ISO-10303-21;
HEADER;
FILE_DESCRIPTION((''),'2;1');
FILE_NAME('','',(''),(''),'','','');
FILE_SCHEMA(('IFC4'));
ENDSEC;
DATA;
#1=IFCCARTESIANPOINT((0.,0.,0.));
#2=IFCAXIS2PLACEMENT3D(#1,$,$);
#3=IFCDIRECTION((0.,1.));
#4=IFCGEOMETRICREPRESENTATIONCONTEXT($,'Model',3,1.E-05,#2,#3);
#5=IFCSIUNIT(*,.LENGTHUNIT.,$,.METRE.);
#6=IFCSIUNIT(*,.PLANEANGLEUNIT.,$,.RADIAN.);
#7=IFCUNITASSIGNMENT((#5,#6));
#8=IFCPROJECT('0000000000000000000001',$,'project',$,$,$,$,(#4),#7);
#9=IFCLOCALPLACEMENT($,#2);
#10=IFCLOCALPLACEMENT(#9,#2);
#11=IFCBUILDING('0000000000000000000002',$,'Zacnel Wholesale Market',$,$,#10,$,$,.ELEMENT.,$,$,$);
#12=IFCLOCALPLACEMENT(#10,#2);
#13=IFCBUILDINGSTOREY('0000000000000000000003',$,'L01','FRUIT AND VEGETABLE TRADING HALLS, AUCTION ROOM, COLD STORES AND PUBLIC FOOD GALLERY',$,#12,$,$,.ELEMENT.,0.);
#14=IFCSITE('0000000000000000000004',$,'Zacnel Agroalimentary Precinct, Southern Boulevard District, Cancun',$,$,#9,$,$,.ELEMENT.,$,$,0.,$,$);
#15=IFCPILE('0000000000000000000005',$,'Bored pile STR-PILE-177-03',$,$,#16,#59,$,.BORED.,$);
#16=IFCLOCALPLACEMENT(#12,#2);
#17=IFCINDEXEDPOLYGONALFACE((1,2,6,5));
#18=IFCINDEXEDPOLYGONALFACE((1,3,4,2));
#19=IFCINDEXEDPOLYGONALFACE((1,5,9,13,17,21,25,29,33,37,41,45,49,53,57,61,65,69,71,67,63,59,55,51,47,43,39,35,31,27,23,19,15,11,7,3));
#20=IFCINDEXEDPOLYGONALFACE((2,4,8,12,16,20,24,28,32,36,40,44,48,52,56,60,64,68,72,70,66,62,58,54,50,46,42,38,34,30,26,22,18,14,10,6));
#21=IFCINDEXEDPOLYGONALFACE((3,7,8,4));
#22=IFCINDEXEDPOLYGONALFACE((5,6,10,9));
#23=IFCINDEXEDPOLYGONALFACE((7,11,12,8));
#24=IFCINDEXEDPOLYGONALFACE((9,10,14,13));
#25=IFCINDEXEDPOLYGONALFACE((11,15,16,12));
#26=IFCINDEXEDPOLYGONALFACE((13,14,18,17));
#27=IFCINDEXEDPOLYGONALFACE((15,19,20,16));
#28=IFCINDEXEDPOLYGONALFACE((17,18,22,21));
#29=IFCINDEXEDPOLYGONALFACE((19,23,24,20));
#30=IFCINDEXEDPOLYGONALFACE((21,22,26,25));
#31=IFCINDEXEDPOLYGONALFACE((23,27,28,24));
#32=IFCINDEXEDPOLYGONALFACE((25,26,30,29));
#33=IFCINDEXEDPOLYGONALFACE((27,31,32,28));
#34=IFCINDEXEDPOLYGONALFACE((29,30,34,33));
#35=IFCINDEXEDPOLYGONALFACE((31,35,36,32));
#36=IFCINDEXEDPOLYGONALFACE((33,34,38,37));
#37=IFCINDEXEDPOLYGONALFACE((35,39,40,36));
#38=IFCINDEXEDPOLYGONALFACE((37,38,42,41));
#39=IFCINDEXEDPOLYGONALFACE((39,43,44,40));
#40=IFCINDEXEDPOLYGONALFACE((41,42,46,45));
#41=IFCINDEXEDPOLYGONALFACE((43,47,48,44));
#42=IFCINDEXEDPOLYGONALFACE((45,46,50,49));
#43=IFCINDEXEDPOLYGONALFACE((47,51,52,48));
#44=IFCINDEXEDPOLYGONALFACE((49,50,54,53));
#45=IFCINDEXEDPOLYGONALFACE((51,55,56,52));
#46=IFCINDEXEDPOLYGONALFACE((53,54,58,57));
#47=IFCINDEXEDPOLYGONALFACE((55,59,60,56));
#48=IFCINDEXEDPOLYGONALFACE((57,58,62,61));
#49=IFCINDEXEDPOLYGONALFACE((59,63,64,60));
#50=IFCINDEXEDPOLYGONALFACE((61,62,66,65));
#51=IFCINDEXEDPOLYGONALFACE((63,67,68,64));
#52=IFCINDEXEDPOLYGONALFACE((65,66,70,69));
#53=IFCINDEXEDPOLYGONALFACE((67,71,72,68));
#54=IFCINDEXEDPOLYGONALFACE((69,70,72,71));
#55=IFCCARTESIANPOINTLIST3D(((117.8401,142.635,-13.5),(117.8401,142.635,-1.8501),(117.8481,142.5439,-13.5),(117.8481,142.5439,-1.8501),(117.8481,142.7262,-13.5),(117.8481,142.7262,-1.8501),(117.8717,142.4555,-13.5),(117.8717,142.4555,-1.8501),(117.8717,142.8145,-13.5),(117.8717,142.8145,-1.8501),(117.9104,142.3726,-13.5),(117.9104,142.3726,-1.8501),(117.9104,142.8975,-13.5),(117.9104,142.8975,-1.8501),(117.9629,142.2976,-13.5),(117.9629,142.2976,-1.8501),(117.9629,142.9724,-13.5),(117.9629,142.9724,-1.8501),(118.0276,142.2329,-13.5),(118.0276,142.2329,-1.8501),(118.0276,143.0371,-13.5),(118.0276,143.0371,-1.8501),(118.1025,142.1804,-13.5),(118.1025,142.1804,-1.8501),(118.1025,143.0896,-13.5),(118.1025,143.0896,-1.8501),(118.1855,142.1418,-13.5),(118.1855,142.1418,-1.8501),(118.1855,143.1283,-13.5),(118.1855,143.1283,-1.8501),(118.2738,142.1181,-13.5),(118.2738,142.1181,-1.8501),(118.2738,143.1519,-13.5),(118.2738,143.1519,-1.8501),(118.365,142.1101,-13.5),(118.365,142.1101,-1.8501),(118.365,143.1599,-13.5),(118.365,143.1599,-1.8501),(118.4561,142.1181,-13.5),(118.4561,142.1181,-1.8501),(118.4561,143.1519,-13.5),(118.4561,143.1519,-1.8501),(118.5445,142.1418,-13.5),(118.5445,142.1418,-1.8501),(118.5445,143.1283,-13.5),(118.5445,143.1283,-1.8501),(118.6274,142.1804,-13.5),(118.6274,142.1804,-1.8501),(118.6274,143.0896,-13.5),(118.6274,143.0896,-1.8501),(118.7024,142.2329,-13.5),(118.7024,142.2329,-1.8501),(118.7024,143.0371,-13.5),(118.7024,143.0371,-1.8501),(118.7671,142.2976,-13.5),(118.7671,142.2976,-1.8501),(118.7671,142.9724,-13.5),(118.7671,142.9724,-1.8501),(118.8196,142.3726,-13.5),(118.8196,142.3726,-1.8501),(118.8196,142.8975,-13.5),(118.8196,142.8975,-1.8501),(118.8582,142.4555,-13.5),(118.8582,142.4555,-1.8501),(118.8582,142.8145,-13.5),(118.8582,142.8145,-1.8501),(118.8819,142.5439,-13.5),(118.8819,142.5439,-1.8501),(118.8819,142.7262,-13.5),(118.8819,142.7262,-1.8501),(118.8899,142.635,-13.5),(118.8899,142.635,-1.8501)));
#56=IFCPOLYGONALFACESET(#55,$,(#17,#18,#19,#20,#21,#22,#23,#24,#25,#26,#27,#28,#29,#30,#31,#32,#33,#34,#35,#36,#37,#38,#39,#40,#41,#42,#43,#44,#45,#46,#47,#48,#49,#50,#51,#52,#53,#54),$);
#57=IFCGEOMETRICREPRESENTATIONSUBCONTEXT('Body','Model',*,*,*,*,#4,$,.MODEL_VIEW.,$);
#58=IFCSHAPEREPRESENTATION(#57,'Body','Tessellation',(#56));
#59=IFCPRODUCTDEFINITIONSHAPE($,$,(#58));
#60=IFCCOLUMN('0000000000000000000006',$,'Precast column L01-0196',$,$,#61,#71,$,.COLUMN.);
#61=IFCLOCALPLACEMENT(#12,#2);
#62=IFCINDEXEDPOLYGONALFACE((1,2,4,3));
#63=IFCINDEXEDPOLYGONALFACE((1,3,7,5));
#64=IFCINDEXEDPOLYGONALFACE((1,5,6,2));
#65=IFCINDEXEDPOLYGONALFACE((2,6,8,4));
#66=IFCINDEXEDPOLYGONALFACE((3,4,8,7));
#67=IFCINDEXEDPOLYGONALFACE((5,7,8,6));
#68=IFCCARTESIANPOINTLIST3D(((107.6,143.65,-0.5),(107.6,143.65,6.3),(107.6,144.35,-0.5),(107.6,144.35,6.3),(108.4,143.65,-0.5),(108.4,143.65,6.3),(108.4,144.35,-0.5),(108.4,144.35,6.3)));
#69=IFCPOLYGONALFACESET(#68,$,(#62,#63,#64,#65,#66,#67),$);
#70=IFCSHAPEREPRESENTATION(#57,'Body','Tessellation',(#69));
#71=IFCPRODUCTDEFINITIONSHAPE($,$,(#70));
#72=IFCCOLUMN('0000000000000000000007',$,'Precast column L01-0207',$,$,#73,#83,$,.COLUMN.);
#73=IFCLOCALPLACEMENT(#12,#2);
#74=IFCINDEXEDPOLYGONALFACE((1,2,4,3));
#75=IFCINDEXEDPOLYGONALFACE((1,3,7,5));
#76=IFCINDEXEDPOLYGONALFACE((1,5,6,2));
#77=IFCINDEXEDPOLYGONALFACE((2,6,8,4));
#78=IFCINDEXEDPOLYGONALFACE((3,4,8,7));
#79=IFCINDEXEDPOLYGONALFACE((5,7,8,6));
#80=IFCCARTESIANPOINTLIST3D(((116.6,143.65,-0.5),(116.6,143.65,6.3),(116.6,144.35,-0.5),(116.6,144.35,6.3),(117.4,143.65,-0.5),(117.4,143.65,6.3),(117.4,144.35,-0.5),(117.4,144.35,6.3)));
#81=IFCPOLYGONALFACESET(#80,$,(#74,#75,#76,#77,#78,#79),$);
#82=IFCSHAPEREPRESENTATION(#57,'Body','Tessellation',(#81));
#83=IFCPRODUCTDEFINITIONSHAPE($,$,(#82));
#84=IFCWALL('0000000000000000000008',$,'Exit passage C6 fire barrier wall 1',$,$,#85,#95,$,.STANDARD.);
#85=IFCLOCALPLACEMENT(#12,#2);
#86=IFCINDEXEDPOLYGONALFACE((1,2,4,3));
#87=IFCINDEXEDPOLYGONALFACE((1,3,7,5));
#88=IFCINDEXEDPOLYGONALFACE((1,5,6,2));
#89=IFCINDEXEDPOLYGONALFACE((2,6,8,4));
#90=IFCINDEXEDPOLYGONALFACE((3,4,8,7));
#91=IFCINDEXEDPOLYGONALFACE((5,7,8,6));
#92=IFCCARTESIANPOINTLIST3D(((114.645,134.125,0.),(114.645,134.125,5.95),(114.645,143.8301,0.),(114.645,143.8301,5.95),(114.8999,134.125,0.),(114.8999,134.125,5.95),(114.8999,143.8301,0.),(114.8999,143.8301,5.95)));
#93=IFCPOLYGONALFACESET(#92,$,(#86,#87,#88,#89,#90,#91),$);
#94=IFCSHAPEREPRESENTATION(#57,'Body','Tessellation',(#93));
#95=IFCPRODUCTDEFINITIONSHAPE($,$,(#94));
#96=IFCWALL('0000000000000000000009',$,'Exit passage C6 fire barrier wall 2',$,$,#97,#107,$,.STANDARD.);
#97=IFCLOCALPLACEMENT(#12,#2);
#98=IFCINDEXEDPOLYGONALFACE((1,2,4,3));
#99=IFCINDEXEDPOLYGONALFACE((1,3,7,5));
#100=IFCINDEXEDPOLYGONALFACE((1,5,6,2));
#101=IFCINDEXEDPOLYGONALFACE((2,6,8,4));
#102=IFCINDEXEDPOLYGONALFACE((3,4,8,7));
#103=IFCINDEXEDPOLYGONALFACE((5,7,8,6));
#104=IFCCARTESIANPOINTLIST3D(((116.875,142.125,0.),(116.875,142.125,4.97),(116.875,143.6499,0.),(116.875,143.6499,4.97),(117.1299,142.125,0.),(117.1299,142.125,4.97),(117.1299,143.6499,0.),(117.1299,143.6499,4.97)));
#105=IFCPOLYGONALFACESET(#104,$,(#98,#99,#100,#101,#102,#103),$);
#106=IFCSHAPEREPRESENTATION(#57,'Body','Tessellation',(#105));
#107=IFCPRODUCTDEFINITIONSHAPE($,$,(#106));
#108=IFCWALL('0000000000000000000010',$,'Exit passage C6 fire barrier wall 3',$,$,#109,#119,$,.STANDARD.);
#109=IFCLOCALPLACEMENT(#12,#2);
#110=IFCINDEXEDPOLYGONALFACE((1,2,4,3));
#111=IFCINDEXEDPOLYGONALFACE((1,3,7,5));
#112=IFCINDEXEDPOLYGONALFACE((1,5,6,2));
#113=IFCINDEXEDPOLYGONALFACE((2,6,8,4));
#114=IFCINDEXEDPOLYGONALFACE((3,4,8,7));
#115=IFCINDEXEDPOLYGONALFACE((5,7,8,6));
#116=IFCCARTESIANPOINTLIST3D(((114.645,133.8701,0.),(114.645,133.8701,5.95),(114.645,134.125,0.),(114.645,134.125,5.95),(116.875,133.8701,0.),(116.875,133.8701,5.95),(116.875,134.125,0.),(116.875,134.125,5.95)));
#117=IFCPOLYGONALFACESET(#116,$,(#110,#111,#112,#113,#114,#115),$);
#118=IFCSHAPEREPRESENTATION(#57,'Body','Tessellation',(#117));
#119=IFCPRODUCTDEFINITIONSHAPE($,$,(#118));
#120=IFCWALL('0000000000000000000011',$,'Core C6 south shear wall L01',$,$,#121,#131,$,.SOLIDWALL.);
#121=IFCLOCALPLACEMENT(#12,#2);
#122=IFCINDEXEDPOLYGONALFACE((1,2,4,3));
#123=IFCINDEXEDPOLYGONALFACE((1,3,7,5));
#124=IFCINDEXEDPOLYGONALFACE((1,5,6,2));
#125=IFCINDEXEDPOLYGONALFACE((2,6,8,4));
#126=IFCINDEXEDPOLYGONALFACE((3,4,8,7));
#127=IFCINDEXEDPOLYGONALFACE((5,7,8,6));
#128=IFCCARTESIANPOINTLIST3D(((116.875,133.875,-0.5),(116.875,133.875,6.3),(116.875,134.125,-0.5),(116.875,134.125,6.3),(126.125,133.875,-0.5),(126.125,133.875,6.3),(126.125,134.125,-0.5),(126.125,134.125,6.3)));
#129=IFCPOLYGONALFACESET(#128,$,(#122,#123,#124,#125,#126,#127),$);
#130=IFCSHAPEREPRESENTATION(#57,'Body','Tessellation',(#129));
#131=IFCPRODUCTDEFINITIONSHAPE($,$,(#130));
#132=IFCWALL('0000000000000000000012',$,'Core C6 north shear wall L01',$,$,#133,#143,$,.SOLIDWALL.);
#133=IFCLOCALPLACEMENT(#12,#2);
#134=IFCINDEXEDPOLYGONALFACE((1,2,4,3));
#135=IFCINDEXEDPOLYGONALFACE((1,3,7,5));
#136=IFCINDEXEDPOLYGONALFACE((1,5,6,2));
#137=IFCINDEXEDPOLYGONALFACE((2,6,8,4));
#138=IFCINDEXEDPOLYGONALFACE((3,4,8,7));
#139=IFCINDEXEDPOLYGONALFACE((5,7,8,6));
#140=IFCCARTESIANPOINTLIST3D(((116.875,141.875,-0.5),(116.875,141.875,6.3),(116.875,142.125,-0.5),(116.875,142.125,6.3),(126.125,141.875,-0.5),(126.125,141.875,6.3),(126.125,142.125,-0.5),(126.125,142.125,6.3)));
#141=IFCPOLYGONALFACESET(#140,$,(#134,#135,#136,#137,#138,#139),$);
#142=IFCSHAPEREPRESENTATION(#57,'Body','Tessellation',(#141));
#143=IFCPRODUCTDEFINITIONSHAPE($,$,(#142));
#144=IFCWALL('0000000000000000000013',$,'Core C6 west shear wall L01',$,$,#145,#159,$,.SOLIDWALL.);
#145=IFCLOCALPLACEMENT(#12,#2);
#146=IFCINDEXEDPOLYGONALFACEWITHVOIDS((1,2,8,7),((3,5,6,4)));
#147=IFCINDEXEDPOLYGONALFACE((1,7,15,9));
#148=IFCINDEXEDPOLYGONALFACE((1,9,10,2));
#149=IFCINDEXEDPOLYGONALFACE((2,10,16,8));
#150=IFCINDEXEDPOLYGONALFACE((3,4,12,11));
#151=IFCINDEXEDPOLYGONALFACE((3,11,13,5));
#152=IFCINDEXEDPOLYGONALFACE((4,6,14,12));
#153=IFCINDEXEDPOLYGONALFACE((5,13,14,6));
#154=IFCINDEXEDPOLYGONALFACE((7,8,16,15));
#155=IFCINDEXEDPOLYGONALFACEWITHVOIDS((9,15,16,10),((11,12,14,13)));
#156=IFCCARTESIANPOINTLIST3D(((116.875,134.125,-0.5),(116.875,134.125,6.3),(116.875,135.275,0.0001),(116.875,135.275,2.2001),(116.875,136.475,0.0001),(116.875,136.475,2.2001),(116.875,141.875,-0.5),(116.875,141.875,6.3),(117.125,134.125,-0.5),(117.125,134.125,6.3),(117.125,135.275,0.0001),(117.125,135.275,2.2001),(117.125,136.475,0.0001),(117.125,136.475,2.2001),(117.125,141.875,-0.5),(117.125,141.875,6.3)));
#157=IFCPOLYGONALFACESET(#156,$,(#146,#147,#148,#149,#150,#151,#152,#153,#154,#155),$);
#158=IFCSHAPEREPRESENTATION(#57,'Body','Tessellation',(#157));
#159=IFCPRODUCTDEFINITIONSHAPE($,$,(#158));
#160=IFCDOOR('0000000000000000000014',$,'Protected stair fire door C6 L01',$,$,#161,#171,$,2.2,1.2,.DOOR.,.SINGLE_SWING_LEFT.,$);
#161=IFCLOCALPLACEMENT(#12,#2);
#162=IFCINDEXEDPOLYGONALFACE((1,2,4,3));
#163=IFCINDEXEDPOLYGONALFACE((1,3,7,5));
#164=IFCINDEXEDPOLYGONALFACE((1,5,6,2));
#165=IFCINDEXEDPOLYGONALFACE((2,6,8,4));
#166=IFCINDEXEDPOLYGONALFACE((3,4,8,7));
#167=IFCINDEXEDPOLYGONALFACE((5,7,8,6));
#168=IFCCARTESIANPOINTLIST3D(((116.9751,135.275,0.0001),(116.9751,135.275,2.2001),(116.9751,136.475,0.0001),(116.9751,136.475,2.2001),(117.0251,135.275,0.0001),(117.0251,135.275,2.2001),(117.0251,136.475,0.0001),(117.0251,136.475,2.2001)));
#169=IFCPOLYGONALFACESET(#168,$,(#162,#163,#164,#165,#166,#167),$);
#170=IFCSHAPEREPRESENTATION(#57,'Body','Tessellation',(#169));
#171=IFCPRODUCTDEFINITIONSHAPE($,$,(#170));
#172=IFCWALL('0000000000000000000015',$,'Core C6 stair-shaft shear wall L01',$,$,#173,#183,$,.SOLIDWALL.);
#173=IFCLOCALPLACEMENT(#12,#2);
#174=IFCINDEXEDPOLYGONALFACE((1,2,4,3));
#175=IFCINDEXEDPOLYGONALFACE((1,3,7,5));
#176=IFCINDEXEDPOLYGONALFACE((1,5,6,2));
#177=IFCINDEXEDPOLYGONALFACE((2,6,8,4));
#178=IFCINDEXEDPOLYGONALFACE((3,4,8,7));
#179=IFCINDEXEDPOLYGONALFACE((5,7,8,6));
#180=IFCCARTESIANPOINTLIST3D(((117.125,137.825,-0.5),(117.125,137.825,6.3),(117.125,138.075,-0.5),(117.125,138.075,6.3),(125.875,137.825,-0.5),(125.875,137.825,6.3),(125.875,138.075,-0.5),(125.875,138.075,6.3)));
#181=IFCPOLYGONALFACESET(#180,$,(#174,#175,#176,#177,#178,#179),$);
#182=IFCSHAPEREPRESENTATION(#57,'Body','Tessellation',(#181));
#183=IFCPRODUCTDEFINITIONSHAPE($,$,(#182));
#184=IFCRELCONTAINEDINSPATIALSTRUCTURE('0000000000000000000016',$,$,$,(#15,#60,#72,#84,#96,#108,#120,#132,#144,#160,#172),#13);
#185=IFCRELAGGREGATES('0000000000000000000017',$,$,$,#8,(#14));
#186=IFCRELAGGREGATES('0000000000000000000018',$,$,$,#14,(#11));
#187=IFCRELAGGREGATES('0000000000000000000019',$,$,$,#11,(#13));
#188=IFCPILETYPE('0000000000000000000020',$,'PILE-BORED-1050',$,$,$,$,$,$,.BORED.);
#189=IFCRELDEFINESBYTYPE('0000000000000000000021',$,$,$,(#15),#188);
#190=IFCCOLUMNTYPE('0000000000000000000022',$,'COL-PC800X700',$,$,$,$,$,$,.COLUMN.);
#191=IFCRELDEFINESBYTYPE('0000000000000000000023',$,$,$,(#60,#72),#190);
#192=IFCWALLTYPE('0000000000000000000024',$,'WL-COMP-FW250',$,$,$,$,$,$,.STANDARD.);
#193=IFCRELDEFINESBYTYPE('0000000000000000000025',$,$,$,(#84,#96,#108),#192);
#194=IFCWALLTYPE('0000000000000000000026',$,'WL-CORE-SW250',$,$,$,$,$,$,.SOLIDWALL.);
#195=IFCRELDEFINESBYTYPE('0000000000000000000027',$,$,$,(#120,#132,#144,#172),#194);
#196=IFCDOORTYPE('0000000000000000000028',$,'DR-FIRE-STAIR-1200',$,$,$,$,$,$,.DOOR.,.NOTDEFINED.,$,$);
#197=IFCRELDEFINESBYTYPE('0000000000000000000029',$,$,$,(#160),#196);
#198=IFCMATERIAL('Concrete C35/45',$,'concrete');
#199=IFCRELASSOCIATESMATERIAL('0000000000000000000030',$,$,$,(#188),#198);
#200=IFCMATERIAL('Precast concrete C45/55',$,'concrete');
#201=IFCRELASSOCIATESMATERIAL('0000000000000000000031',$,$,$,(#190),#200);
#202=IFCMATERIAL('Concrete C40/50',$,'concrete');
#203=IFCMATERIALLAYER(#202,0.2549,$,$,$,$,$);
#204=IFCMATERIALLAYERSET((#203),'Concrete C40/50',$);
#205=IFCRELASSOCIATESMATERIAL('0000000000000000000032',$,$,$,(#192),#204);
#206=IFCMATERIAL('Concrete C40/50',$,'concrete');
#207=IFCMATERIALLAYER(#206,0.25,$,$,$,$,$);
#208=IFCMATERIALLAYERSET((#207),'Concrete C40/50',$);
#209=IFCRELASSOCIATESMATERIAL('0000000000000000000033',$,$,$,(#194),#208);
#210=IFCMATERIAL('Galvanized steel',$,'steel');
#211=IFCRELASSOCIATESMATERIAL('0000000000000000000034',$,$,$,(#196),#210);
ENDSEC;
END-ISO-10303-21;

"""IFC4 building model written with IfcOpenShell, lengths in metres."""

from ifc_helpers import new_model, si_unit, direction, frame, frame_2d, origin, origin_2d, place, context, subcontext, project, spatial, rectangle, circle, extrude, material, layer, layer_set, material_profile, profile_set, type_object, element, fill, save


model = new_model("IFC4")

# Units and contexts
model_context = context("Model", 3, precision=1e-05, world=origin(), true_north=direction((0.0, 1.0)))
body_context = subcontext(model_context, "Body", "Model", "MODEL_VIEW")
ifc_project = project(units=[si_unit("LENGTHUNIT", "METRE"), si_unit("PLANEANGLEUNIT", "RADIAN")], contexts=[model_context])

# Site, building, storey
site_placement = place(None, origin())
site = spatial("IfcSite", under=ifc_project, at=site_placement, Name="Zacnel Agroalimentary Precinct, Southern Boulevard District, Cancun", CompositionType="ELEMENT", RefElevation=0.0)
building_placement = place(site_placement, origin())
building = spatial("IfcBuilding", under=site, at=building_placement, Name="Zacnel Wholesale Market", CompositionType="ELEMENT")
storey_placement = place(building_placement, origin())
storey = spatial("IfcBuildingStorey", under=building, at=storey_placement, Name="L01", Description="FRUIT AND VEGETABLE TRADING HALLS, AUCTION ROOM, COLD STORES AND PUBLIC FOOD GALLERY", CompositionType="ELEMENT", Elevation=0.0)

# Pile
ifc_material_1 = material(Name="Concrete C35/45", Category="concrete")
ifc_material_profile_1 = material_profile(ifc_material_1, circle(Radius=0.5249, at=origin_2d()), Name="BORED PILE D1050")
ifc_profile_set_1 = profile_set([ifc_material_profile_1], Name="Concrete C35/45")
pile_type = type_object("IfcPileType", Name="PILE-BORED-1050", PredefinedType="BORED", material=ifc_profile_set_1)
for number, where, z_axis, x_axis, name in (
    (1, (118.365, 142.635, -1.8501), (0.0, 0.0, -1.0), (1.0, 0.0, 0.0), "Bored pile STR-PILE-177-03"),
):
    element("IfcPile", number, at=place(storey_placement, frame(where, z_axis=z_axis, x_axis=x_axis)), inside=storey, type_object=pile_type, Name=name, PredefinedType="BORED", context=body_context, shape_type="SweptSolid", body=[
        extrude(circle(Radius=0.5249, at=origin_2d()), origin(), (0.0, 0.0, 1.0), 11.6499),
    ])

# Columns
ifc_material_2 = material(Name="Precast concrete C45/55", Category="concrete")
ifc_material_profile_2 = material_profile(ifc_material_2, rectangle(XDim=0.8, YDim=0.7, at=origin_2d()), Name="PC 800x700")
ifc_profile_set_2 = profile_set([ifc_material_profile_2], Name="Precast concrete C45/55")
column_type = type_object("IfcColumnType", Name="COL-PC800X700", PredefinedType="COLUMN", material=ifc_profile_set_2)
for number, where, z_axis, x_axis, name in (
    (2, (108.0, 144.0, -0.5), (0.0, 0.0, 1.0), (1.0, 0.0, 0.0), "Precast column L01-0196"),
    (3, (117.0, 144.0, -0.5), (0.0, 0.0, 1.0), (1.0, 0.0, 0.0), "Precast column L01-0207"),
):
    element("IfcColumn", number, at=place(storey_placement, frame(where, z_axis=z_axis, x_axis=x_axis)), inside=storey, type_object=column_type, Name=name, PredefinedType="COLUMN", context=body_context, shape_type="SweptSolid", body=[
        extrude(rectangle(XDim=0.8, YDim=0.7, at=origin_2d()), origin(), (0.0, 0.0, 1.0), 6.8),
    ])

# Walls
ifc_material_3 = material(Name="Concrete C40/50", Category="concrete")
ifc_layer_1 = layer(ifc_material_3, 0.2549)
ifc_layer_set_1 = layer_set([ifc_layer_1], Name="Concrete C40/50")
wall_type_1 = type_object("IfcWallType", Name="WL-COMP-FW250", PredefinedType="STANDARD", material=ifc_layer_set_1)
wall_1_placement = place(storey_placement, frame((114.7725, 134.125, 0.0), z_axis=(0.0, 0.0, 1.0), x_axis=(0.0, 1.0, 0.0)))
element("IfcWall", 4, at=wall_1_placement, inside=storey, type_object=wall_type_1, Name="Exit passage C6 fire barrier wall 1", PredefinedType="STANDARD", context=body_context, shape_type="SweptSolid", body=[
    extrude(rectangle(XDim=9.7051, YDim=0.2549, at=frame_2d((4.8525, 0.0))), origin(), (0.0, 0.0, 1.0), 5.95),
])
wall_2_placement = place(storey_placement, frame((117.0024, 142.125, 0.0), z_axis=(0.0, 0.0, 1.0), x_axis=(0.0, 1.0, 0.0)))
element("IfcWall", 5, at=wall_2_placement, inside=storey, type_object=wall_type_1, Name="Exit passage C6 fire barrier wall 2", PredefinedType="STANDARD", context=body_context, shape_type="SweptSolid", body=[
    extrude(rectangle(XDim=1.5249, YDim=0.2549, at=frame_2d((0.7625, 0.0))), origin(), (0.0, 0.0, 1.0), 4.97),
])
wall_3_placement = place(storey_placement, frame((114.645, 133.9976, 0.0), z_axis=(0.0, 0.0, 1.0), x_axis=(1.0, 0.0, 0.0)))
element("IfcWall", 6, at=wall_3_placement, inside=storey, type_object=wall_type_1, Name="Exit passage C6 fire barrier wall 3", PredefinedType="STANDARD", context=body_context, shape_type="SweptSolid", body=[
    extrude(rectangle(XDim=2.23, YDim=0.2549, at=frame_2d((1.115, 0.0))), origin(), (0.0, 0.0, 1.0), 5.95),
])
ifc_material_4 = material(Name="Concrete C40/50", Category="concrete")
ifc_layer_2 = layer(ifc_material_4, 0.25)
ifc_layer_set_2 = layer_set([ifc_layer_2], Name="Concrete C40/50")
wall_type_2 = type_object("IfcWallType", Name="WL-CORE-SW250", PredefinedType="SOLIDWALL", material=ifc_layer_set_2)
for number, where, z_axis, x_axis, name in (
    (7, (116.875, 134.0, -0.5), (0.0, 0.0, 1.0), (1.0, 0.0, 0.0), "Core C6 south shear wall L01"),
    (8, (116.875, 142.0, -0.5), (0.0, 0.0, 1.0), (1.0, 0.0, 0.0), "Core C6 north shear wall L01"),
):
    element("IfcWall", number, at=place(storey_placement, frame(where, z_axis=z_axis, x_axis=x_axis)), inside=storey, type_object=wall_type_2, Name=name, PredefinedType="SOLIDWALL", context=body_context, shape_type="SweptSolid", body=[
        extrude(rectangle(XDim=9.25, YDim=0.25, at=frame_2d((4.625, 0.0))), origin(), (0.0, 0.0, 1.0), 6.8),
    ])

# Wall, opening, door
wall_4_placement = place(storey_placement, frame((117.0, 134.125, -0.5), z_axis=(0.0, 0.0, 1.0), x_axis=(0.0, 1.0, 0.0)))
wall_4 = element("IfcWall", 9, at=wall_4_placement, inside=storey, type_object=wall_type_2, Name="Core C6 west shear wall L01", PredefinedType="SOLIDWALL", context=body_context, shape_type="SweptSolid", body=[
    extrude(rectangle(XDim=7.75, YDim=0.25, at=frame_2d((3.875, 0.0))), origin(), (0.0, 0.0, 1.0), 6.8),
])
opening_1_placement = place(wall_4_placement, frame((1.1499, 0.0, 0.5)))
opening_1 = element("IfcOpeningElement", 10, at=opening_1_placement, cuts=wall_4, PredefinedType="OPENING", context=body_context, shape_type="SweptSolid", body=[
    extrude(rectangle(XDim=1.2, YDim=2.2, at=frame_2d((0.6001, 1.1001))), frame((0.0, 0.135, 0.0), z_axis=(0.0, -1.0, 0.0), x_axis=(1.0, 0.0, 0.0)), (0.0, 0.0, 1.0), 0.27),
])
ifc_material_5 = material(Name="Galvanized steel", Category="steel")
door_type_1 = type_object("IfcDoorType", Name="DR-FIRE-STAIR-1200", OperationType="NOTDEFINED", PredefinedType="DOOR", material=ifc_material_5)
door_1_placement = place(opening_1_placement, origin())
door_1 = element("IfcDoor", 11, at=door_1_placement, inside=storey, type_object=door_type_1, Name="Protected stair fire door C6 L01", OperationType="SINGLE_SWING_LEFT", OverallHeight=2.2, OverallWidth=1.2, PredefinedType="DOOR", context=body_context, shape_type="SweptSolid", body=[
    extrude(rectangle(XDim=1.2, YDim=2.2, at=frame_2d((0.6001, 1.1001))), frame((0.0, 0.0249, 0.0), z_axis=(0.0, -1.0, 0.0), x_axis=(1.0, 0.0, 0.0)), (0.0, 0.0, 1.0), 0.05),
])
fill(opening_1, door_1)

# Wall
wall_5_placement = place(storey_placement, frame((117.125, 137.95, -0.5), z_axis=(0.0, 0.0, 1.0), x_axis=(1.0, 0.0, 0.0)))
element("IfcWall", 12, at=wall_5_placement, inside=storey, type_object=wall_type_2, Name="Core C6 stair-shaft shear wall L01", PredefinedType="SOLIDWALL", context=body_context, shape_type="SweptSolid", body=[
    extrude(rectangle(XDim=8.75, YDim=0.25, at=frame_2d((4.375, 0.0))), origin(), (0.0, 0.0, 1.0), 6.8),
])

save(model, "model.ifc")
